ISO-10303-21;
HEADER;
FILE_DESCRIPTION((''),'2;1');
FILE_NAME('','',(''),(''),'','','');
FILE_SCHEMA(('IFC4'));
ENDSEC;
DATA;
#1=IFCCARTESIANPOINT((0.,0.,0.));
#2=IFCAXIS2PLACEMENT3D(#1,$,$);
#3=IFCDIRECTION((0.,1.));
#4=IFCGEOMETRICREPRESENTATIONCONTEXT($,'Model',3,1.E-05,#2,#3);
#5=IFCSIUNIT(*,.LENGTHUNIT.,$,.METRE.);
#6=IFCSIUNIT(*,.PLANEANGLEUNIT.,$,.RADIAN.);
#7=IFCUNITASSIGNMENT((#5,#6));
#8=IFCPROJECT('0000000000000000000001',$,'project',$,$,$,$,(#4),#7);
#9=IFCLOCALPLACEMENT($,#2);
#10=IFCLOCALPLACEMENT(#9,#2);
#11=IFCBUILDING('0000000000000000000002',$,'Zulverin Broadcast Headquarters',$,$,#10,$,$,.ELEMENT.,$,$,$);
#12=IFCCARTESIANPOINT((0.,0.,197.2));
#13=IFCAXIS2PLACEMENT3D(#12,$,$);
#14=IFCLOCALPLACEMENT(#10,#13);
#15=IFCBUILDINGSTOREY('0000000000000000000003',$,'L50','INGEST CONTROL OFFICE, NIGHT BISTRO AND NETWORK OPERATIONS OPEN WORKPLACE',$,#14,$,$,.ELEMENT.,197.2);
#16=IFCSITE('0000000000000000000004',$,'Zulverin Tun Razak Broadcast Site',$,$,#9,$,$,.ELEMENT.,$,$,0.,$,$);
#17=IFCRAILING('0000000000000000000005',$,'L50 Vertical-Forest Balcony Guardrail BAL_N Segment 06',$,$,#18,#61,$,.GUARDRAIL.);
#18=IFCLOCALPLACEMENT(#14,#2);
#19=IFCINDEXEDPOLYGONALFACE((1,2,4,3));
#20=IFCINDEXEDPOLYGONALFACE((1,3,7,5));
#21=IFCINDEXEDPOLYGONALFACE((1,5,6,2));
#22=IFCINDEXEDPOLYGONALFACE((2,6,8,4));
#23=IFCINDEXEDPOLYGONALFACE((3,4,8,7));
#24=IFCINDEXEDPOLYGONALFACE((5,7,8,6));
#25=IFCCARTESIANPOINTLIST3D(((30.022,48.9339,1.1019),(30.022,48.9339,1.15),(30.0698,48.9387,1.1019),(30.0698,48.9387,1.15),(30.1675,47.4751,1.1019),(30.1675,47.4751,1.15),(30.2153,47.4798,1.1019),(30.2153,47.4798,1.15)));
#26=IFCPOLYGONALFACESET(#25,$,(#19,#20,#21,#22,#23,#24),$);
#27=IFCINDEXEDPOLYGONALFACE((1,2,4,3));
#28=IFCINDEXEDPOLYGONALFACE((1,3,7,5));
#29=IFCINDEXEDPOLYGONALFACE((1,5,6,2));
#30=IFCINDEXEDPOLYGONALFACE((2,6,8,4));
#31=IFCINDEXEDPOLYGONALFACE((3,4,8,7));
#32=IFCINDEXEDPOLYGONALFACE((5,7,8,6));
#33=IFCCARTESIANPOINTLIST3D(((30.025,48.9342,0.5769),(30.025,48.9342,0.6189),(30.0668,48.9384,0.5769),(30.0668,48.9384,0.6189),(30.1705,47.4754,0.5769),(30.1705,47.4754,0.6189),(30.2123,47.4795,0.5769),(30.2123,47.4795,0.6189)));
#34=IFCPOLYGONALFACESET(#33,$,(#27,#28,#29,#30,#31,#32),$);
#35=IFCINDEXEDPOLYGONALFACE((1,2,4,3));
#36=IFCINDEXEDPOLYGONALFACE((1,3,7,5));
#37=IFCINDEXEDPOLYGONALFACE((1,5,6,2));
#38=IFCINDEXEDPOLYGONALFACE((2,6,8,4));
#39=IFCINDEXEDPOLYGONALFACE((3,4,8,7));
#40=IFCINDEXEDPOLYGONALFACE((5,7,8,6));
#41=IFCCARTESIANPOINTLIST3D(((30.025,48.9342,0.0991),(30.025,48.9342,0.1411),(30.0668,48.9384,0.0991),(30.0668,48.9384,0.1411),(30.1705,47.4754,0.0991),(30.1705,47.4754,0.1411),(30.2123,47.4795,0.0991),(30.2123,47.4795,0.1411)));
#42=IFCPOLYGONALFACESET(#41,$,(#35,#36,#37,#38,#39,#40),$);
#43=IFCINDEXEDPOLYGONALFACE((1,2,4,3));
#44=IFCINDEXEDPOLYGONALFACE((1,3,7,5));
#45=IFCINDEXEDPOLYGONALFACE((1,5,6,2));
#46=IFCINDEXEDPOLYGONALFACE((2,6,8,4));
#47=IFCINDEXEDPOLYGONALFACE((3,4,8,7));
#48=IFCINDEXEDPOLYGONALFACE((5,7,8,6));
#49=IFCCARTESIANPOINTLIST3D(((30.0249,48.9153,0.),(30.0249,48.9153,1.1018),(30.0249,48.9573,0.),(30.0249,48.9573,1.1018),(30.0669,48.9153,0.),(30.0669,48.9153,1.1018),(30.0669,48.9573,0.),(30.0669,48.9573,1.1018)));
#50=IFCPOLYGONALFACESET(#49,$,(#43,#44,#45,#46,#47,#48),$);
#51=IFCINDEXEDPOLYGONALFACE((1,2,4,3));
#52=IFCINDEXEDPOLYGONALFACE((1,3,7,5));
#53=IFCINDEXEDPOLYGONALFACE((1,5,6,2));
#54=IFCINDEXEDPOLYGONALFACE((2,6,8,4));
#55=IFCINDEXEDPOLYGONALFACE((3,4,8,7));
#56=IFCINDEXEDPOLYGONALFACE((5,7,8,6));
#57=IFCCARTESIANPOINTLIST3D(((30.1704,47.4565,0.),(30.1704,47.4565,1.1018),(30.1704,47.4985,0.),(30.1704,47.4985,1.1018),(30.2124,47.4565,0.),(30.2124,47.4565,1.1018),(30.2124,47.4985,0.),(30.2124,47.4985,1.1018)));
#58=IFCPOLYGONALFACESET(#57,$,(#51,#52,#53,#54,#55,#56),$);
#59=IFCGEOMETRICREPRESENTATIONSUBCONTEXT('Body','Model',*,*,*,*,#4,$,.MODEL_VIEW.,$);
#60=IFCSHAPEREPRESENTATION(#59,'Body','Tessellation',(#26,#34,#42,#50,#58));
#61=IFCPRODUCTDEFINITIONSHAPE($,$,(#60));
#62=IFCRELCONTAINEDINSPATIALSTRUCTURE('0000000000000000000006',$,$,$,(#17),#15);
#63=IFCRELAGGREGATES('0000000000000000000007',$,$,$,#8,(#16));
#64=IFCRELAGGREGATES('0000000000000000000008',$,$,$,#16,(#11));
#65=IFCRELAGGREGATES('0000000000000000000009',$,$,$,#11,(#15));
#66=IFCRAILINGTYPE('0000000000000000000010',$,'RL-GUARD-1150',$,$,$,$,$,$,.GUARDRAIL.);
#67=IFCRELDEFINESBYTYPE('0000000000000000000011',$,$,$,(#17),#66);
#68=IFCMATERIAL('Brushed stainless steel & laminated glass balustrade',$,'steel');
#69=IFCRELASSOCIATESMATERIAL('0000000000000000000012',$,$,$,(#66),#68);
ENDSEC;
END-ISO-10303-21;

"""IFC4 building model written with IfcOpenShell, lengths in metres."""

from ifc_helpers import new_model, si_unit, direction, frame, origin, origin_2d, place, context, subcontext, project, spatial, rectangle, extrude, material, type_object, element, save


model = new_model("IFC4")

# Units and contexts
model_context = context("Model", 3, precision=1e-05, world=origin(), true_north=direction((0.0, 1.0)))
body_context = subcontext(model_context, "Body", "Model", "MODEL_VIEW")
ifc_project = project(units=[si_unit("LENGTHUNIT", "METRE"), si_unit("PLANEANGLEUNIT", "RADIAN")], contexts=[model_context])

# Site, building, storey
site_placement = place(None, origin())
site = spatial("IfcSite", under=ifc_project, at=site_placement, Name="Zulverin Tun Razak Broadcast Site", CompositionType="ELEMENT", RefElevation=0.0)
building_placement = place(site_placement, origin())
building = spatial("IfcBuilding", under=site, at=building_placement, Name="Zulverin Broadcast Headquarters", CompositionType="ELEMENT")
storey_placement = place(building_placement, frame((0.0, 0.0, 197.2)))
storey = spatial("IfcBuildingStorey", under=building, at=storey_placement, Name="L50", Description="INGEST CONTROL OFFICE, NIGHT BISTRO AND NETWORK OPERATIONS OPEN WORKPLACE", CompositionType="ELEMENT", Elevation=197.2)

# Railing
ifc_material_1 = material(Name="Brushed stainless steel & laminated glass balustrade", Category="steel")
railing_type = type_object("IfcRailingType", Name="RL-GUARD-1150", PredefinedType="GUARDRAIL", material=ifc_material_1)
railing_1_placement = place(storey_placement, frame((30.0459, 48.9363, 0.0)))
element("IfcRailing", 1, at=railing_1_placement, inside=storey, type_object=railing_type, Name="L50 Vertical-Forest Balcony Guardrail BAL_N Segment 06", PredefinedType="GUARDRAIL", context=body_context, shape_type="SweptSolid", body=[
    extrude(rectangle(XDim=0.0481, YDim=0.0481, at=origin_2d()), frame((0.0, 0.0, 1.126), z_axis=(0.099256, -0.995062, 0.0), x_axis=(0.995062, 0.099256, 0.0)), (0.0, 0.0, 1.0), 1.4661),
    extrude(rectangle(XDim=0.042, YDim=0.042, at=origin_2d()), frame((0.0, 0.0, 0.5979), z_axis=(0.099256, -0.995062, 0.0), x_axis=(0.995062, 0.099256, 0.0)), (0.0, 0.0, 1.0), 1.4661),
    extrude(rectangle(XDim=0.042, YDim=0.042, at=origin_2d()), frame((0.0, 0.0, 0.1201), z_axis=(0.099256, -0.995062, 0.0), x_axis=(0.995062, 0.099256, 0.0)), (0.0, 0.0, 1.0), 1.4661),
    extrude(rectangle(XDim=0.042, YDim=0.042, at=origin_2d()), origin(), (0.0, 0.0, 1.0), 1.1018),
    extrude(rectangle(XDim=0.042, YDim=0.042, at=origin_2d()), frame((0.1455, -1.4587, 0.0)), (0.0, 0.0, 1.0), 1.1018),
])

save(model, "model.ifc")
